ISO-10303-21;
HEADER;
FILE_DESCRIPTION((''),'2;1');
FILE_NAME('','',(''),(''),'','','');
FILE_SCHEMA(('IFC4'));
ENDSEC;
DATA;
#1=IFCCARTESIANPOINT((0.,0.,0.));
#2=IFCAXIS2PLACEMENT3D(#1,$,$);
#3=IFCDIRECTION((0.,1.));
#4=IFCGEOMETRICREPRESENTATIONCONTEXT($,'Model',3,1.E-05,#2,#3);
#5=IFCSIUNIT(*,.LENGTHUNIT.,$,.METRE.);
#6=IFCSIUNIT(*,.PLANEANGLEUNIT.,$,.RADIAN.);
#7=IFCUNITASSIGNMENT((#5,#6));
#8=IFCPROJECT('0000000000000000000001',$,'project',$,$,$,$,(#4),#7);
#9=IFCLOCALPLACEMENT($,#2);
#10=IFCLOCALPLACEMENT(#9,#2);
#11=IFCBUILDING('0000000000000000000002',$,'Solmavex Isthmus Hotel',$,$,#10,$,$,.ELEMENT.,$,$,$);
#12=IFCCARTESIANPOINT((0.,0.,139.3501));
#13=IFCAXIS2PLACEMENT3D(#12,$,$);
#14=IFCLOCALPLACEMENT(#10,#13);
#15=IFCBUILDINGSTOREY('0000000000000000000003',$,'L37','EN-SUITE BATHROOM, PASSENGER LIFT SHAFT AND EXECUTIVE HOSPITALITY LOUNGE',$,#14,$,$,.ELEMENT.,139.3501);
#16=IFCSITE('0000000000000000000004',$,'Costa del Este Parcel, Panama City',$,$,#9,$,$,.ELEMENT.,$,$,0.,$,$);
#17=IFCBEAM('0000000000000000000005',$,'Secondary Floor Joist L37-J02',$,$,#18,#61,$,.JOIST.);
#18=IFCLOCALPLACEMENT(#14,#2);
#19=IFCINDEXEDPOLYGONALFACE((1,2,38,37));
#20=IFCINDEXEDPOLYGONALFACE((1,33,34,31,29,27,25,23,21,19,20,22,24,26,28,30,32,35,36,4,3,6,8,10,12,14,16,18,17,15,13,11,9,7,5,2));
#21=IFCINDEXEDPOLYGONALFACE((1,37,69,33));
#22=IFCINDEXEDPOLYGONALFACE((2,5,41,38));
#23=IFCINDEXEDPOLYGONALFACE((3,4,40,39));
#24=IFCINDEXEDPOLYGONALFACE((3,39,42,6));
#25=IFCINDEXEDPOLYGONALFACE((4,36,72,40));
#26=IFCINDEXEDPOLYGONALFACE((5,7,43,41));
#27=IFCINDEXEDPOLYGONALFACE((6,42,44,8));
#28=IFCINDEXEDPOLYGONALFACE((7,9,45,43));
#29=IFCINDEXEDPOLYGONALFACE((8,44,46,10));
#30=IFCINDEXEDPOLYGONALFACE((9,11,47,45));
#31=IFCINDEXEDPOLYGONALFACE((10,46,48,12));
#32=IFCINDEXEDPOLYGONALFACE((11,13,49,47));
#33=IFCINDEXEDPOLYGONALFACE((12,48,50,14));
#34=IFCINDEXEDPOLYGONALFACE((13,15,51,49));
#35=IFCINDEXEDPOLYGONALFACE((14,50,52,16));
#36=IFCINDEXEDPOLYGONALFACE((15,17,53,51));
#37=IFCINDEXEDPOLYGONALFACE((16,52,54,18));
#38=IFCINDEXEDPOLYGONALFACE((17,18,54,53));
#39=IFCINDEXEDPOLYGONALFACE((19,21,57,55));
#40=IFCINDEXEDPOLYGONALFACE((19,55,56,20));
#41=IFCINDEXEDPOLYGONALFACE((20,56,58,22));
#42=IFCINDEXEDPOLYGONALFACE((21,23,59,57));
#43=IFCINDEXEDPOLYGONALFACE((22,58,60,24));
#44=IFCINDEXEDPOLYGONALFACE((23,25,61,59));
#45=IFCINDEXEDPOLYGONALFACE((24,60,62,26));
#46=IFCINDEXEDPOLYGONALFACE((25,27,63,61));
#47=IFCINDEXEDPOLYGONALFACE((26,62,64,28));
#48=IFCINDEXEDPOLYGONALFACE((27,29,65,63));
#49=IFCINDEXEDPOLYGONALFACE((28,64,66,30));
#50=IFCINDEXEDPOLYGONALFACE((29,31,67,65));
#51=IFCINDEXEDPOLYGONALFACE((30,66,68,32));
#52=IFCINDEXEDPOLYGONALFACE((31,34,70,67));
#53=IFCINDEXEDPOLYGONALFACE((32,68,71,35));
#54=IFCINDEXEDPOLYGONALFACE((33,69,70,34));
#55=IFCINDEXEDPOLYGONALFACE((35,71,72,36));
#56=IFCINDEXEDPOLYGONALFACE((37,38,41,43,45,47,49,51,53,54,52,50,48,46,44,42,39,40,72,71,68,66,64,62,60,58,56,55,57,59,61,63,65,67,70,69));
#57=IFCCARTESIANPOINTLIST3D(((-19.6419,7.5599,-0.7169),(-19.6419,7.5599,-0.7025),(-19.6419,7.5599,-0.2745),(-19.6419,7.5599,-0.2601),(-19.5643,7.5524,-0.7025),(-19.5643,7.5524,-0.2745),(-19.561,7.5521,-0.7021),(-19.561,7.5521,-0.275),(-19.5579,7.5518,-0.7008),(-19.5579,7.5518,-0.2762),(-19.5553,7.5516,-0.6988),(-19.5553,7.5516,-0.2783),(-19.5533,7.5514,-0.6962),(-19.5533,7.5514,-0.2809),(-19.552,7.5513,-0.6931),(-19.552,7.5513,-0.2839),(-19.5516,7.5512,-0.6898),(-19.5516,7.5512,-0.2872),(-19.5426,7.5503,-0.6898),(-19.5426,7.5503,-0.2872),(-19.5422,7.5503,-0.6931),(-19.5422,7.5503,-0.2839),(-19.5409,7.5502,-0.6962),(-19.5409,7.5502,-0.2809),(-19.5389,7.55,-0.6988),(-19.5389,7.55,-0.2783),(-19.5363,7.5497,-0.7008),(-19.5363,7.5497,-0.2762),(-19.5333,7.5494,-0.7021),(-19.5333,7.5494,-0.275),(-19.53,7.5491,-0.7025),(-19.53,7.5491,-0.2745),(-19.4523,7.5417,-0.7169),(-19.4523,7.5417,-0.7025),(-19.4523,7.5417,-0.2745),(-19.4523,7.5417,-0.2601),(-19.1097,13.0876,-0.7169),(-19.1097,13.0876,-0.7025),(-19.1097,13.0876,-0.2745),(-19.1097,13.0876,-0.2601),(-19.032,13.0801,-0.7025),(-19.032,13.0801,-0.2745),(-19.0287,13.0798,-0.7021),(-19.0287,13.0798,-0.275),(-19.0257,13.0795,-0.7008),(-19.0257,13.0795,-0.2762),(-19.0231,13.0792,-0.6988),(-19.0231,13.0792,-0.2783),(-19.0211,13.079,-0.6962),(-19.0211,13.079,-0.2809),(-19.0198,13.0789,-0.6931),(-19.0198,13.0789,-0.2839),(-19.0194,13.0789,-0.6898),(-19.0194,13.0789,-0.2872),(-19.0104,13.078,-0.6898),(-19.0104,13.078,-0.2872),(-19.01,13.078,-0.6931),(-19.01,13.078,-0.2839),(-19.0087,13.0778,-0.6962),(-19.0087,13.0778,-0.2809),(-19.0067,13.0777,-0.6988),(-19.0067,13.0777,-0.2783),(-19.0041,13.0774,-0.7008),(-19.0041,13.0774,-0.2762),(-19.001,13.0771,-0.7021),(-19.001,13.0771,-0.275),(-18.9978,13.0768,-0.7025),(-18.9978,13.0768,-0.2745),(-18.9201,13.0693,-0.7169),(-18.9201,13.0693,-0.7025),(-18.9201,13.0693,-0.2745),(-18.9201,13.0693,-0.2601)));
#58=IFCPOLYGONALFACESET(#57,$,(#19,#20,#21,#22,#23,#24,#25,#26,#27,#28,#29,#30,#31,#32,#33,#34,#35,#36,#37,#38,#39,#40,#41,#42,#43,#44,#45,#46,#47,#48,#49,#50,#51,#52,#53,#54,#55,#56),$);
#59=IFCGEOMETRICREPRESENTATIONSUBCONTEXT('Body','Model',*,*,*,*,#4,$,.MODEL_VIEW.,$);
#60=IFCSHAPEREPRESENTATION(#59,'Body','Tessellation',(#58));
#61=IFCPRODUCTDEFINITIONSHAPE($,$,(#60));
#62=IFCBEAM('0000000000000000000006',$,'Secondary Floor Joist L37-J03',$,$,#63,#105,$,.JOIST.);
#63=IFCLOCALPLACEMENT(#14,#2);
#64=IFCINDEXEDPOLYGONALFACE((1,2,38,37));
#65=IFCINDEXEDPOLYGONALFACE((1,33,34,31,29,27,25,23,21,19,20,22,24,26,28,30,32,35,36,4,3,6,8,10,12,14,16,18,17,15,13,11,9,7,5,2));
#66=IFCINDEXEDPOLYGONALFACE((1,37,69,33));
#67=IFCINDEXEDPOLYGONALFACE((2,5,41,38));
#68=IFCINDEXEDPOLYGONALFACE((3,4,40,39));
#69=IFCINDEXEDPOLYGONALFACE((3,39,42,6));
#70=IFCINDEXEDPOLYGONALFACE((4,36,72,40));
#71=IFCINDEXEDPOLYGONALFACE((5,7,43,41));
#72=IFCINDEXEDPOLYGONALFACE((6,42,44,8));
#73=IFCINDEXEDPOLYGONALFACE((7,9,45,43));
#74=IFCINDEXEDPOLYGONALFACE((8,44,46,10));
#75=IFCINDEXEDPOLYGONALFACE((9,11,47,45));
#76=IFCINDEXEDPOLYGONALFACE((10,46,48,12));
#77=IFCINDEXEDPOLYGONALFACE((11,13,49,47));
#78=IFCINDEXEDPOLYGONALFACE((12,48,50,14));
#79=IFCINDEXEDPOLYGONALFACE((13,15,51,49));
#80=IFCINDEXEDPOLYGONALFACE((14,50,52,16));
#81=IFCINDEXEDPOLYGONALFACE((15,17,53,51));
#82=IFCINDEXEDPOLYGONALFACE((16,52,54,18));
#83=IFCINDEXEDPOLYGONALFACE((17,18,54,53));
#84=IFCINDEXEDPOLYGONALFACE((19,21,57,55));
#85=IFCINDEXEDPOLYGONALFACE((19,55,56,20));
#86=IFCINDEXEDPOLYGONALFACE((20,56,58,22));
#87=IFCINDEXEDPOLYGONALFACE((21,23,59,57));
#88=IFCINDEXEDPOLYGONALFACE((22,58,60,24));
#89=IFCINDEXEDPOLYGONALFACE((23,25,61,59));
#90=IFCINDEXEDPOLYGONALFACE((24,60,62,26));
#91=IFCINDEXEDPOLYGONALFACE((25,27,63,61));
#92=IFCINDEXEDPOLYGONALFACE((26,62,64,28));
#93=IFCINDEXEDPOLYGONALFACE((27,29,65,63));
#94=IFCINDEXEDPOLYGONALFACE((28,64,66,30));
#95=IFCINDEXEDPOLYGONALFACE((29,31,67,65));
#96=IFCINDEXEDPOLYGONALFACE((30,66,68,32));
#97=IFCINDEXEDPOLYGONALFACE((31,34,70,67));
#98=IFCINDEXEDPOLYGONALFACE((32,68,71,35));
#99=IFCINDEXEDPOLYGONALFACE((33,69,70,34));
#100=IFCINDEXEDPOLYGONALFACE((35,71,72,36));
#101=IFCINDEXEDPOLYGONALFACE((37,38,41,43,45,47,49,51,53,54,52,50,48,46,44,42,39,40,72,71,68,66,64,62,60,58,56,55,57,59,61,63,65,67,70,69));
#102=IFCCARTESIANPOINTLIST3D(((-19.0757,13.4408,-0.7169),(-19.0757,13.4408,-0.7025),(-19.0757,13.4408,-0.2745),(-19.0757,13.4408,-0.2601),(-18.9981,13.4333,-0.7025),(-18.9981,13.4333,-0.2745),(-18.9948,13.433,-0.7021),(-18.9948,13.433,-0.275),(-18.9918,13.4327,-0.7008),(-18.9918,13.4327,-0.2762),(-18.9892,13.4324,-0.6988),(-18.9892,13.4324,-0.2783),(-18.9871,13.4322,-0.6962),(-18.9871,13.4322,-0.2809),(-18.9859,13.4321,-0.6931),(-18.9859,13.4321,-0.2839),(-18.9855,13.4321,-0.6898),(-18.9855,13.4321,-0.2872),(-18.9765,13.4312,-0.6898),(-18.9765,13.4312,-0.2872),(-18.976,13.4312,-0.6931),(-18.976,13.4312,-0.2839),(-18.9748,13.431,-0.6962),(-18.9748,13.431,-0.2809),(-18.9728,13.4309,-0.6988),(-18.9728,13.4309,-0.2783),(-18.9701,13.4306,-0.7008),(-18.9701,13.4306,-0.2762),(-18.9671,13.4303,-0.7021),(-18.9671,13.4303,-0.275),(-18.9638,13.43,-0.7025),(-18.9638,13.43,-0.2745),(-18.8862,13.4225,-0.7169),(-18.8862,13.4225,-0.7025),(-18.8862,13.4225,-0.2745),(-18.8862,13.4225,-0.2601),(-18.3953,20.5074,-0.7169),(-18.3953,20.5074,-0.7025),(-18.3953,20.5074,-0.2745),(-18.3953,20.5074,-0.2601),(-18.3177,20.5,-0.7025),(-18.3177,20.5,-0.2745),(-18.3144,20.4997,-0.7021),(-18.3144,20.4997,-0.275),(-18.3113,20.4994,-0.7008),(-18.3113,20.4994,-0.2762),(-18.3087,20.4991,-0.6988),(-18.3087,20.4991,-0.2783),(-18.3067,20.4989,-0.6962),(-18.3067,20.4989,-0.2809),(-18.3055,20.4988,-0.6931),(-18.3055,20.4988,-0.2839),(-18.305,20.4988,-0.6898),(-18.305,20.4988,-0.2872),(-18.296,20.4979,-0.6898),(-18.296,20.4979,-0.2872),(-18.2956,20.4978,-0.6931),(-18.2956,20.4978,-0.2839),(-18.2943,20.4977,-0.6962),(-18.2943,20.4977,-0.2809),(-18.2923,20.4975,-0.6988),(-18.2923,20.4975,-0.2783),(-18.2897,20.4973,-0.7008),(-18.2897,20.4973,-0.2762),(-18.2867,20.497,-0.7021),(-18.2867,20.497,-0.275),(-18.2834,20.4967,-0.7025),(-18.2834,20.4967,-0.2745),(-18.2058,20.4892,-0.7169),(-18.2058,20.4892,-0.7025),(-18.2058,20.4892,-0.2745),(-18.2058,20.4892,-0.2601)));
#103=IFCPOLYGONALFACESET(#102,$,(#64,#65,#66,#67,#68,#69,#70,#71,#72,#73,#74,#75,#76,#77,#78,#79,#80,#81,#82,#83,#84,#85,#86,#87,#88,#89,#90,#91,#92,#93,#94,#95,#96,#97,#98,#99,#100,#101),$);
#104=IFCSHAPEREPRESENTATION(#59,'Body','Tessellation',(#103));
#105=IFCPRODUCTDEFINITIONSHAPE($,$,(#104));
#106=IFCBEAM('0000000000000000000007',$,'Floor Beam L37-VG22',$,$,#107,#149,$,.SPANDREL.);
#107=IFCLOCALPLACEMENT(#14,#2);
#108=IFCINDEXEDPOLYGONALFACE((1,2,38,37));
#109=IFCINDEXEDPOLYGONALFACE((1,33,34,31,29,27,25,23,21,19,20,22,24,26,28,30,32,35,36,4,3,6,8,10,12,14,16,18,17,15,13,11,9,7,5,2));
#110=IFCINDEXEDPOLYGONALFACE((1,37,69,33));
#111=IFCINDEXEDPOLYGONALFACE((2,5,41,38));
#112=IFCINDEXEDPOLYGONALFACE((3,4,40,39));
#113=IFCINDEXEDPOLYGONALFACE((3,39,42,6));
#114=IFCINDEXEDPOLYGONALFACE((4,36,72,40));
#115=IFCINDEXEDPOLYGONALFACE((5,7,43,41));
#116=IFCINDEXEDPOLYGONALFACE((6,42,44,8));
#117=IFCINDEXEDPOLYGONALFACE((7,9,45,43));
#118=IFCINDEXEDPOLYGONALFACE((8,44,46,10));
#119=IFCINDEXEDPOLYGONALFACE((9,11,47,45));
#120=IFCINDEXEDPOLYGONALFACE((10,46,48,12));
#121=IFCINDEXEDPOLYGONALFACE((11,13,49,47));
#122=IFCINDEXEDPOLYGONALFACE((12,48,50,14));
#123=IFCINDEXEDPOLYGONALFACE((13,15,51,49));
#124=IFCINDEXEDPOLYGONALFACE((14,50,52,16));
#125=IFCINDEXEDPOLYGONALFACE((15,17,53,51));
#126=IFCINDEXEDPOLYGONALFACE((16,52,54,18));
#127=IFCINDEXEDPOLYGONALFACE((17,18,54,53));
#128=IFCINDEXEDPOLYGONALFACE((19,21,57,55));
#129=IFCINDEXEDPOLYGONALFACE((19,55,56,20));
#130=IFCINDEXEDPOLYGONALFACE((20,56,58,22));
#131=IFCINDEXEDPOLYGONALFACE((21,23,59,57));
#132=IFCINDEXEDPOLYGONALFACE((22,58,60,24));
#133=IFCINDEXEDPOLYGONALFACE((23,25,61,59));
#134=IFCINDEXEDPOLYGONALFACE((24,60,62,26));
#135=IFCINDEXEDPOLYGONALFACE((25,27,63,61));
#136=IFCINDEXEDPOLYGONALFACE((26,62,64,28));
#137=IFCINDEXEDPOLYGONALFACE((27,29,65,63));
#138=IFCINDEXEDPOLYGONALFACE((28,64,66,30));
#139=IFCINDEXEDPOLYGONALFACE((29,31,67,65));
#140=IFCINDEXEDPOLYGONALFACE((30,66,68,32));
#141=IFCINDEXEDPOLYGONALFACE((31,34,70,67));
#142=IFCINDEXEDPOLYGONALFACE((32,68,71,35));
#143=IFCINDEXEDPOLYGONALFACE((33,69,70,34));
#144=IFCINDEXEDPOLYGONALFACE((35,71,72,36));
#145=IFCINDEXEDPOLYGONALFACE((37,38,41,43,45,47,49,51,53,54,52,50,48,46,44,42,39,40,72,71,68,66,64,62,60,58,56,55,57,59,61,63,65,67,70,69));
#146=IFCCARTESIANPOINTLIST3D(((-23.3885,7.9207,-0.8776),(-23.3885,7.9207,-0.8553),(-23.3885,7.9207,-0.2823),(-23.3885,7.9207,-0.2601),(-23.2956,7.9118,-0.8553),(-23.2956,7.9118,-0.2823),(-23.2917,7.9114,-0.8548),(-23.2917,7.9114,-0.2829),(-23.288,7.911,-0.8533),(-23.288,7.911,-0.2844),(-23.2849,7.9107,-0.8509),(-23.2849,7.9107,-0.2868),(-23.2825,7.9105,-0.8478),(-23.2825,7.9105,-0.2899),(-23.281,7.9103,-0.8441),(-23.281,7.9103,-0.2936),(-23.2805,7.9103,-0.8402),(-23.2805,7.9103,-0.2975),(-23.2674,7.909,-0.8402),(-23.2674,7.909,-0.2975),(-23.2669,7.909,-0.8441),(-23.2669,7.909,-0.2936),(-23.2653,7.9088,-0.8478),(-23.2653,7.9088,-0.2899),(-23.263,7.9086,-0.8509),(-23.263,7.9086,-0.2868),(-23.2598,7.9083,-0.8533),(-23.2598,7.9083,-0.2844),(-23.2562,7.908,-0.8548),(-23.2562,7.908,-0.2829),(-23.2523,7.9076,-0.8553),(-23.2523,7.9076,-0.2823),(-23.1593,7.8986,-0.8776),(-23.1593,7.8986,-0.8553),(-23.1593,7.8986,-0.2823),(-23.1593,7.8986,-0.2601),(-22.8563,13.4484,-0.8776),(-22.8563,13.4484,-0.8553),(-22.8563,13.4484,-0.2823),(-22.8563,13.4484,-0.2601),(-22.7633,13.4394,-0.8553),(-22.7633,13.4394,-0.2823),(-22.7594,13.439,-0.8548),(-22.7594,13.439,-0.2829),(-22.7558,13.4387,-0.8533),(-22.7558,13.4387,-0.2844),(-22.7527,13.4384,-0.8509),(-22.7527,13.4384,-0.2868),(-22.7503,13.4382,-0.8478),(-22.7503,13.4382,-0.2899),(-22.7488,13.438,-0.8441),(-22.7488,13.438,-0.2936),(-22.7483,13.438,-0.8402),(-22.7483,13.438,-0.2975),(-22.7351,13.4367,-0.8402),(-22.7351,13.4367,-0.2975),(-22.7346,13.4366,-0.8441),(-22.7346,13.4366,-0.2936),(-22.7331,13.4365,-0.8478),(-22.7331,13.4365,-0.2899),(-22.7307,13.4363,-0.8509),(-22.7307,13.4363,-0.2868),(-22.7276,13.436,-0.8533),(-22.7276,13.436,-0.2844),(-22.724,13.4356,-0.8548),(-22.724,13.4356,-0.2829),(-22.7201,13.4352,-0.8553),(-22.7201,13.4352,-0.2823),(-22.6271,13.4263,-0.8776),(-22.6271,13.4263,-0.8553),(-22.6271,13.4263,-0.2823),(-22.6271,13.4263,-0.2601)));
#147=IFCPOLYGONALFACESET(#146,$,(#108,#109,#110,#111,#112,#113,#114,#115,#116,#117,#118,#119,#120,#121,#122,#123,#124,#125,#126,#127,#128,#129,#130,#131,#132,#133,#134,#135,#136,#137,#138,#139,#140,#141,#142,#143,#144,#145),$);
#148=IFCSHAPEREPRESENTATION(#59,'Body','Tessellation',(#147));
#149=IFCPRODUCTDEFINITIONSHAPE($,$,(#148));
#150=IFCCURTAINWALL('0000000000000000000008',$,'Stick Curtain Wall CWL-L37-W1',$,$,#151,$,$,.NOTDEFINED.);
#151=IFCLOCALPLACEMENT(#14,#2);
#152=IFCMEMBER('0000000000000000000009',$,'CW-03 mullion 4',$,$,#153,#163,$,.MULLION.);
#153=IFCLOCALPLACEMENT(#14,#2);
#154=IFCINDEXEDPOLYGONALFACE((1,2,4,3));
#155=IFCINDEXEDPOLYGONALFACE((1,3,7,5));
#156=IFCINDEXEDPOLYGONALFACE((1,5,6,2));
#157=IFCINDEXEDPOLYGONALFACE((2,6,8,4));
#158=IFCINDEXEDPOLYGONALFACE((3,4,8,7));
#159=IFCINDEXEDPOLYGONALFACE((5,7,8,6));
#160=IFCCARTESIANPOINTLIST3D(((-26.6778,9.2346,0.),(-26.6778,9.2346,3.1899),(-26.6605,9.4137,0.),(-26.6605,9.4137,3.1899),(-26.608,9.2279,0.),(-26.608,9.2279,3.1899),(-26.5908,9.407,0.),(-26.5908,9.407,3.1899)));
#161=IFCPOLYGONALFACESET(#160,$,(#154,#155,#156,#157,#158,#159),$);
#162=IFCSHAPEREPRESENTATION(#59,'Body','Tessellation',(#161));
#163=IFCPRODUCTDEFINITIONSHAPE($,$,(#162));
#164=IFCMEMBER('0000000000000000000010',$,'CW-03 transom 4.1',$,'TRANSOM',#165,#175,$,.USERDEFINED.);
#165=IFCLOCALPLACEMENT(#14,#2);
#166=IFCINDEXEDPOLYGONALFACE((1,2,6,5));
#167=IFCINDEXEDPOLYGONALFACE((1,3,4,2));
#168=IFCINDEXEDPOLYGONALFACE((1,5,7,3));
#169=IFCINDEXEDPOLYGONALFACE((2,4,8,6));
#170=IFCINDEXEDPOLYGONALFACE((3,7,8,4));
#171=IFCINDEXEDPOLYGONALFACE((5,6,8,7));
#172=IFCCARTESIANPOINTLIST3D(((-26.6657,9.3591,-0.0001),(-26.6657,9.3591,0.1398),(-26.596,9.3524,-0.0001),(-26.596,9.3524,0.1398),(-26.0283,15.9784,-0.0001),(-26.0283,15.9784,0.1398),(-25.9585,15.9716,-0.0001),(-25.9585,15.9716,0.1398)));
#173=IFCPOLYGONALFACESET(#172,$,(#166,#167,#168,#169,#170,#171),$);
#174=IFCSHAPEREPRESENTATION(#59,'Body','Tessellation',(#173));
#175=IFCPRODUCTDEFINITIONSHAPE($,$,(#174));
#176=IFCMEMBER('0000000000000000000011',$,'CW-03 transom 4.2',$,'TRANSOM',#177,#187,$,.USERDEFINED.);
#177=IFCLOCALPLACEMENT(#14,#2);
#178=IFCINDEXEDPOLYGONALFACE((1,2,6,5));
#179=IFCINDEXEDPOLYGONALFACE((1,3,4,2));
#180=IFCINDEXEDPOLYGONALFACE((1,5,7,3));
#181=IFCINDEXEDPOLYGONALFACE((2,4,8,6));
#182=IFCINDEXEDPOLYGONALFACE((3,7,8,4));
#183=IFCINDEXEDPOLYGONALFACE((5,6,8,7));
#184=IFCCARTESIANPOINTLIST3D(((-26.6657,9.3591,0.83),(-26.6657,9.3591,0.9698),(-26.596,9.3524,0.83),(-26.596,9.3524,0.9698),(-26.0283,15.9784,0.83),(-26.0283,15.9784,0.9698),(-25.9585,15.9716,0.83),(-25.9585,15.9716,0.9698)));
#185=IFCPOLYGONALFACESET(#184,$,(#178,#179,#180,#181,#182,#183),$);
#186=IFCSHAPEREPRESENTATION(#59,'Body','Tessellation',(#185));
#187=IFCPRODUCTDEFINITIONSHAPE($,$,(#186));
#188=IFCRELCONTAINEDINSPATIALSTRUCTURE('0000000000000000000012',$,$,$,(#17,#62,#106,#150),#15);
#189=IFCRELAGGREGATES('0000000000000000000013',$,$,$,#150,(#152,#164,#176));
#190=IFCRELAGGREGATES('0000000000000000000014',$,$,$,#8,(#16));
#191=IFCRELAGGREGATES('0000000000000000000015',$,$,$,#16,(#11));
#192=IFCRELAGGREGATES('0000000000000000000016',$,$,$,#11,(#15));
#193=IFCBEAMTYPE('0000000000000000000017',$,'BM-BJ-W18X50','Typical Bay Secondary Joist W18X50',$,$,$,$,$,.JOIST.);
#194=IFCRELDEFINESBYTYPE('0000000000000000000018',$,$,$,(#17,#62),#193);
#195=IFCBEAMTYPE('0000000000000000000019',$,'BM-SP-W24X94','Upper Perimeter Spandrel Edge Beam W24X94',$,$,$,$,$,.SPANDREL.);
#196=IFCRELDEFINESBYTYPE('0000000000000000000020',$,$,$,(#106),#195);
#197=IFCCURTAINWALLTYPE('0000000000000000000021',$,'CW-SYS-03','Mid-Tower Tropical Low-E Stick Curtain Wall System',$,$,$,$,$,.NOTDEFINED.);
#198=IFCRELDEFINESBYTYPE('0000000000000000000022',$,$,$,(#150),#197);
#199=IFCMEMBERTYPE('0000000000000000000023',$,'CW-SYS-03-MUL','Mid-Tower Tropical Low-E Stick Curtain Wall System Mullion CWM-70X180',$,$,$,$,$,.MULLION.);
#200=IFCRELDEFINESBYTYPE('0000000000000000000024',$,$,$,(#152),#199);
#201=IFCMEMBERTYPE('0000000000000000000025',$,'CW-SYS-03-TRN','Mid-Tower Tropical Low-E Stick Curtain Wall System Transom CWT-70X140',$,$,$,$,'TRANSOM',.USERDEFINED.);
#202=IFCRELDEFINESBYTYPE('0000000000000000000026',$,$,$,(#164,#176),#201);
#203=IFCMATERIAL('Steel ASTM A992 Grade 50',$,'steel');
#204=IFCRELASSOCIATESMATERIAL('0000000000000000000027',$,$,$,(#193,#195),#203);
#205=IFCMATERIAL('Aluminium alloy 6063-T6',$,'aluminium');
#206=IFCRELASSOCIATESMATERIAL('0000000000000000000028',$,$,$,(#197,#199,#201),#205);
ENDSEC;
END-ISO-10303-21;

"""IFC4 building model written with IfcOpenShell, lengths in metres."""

from ifc_helpers import new_model, si_unit, direction, frame, origin, origin_2d, place, context, subcontext, project, spatial, rectangle, i_section, extrude, material, material_profile, profile_set, type_object, element, aggregate, save


model = new_model("IFC4")

# Units and contexts
model_context = context("Model", 3, precision=1e-05, world=origin(), true_north=direction((0.0, 1.0)))
body_context = subcontext(model_context, "Body", "Model", "MODEL_VIEW")
ifc_project = project(units=[si_unit("LENGTHUNIT", "METRE"), si_unit("PLANEANGLEUNIT", "RADIAN")], contexts=[model_context])

# Site, building, storey
site_placement = place(None, origin())
site = spatial("IfcSite", under=ifc_project, at=site_placement, Name="Costa del Este Parcel, Panama City", CompositionType="ELEMENT", RefElevation=0.0)
building_placement = place(site_placement, origin())
building = spatial("IfcBuilding", under=site, at=building_placement, Name="Solmavex Isthmus Hotel", CompositionType="ELEMENT")
storey_placement = place(building_placement, frame((0.0, 0.0, 139.3501)))
storey = spatial("IfcBuildingStorey", under=building, at=storey_placement, Name="L37", Description="EN-SUITE BATHROOM, PASSENGER LIFT SHAFT AND EXECUTIVE HOSPITALITY LOUNGE", CompositionType="ELEMENT", Elevation=139.3501)

# Beams
ifc_material_1 = material(Name="Steel ASTM A992 Grade 50", Category="steel")
ifc_material_profile_1 = material_profile(ifc_material_1, i_section(OverallWidth=0.1904, OverallDepth=0.4568, WebThickness=0.009, FlangeThickness=0.0144, FilletRadius=0.0127, at=origin_2d()), Name="W18X50")
ifc_profile_set_1 = profile_set([ifc_material_profile_1], Name="Steel ASTM A992 Grade 50")
beam_type_1 = type_object("IfcBeamType", Name="BM-BJ-W18X50", Description="Typical Bay Secondary Joist W18X50", PredefinedType="JOIST", material=ifc_profile_set_1)
beam_1_placement = place(storey_placement, frame((-19.5471, 7.5508, -0.4885), z_axis=(0.095842, 0.995397, 0.0), x_axis=(-0.995397, 0.095842, 0.0)))
element("IfcBeam", 1, at=beam_1_placement, inside=storey, type_object=beam_type_1, Name="Secondary Floor Joist L37-J02", PredefinedType="JOIST", context=body_context, shape_type="SweptSolid", body=[
    extrude(i_section(OverallWidth=0.1904, OverallDepth=0.4568, WebThickness=0.009, FlangeThickness=0.0144, FilletRadius=0.0127, at=origin_2d()), origin(), (0.0, 0.0, 1.0), 5.5532),
])
beam_2_placement = place(storey_placement, frame((-18.981, 13.4316, -0.4885), z_axis=(0.095843, 0.995396, 0.0), x_axis=(-0.995396, 0.095843, 0.0)))
element("IfcBeam", 2, at=beam_2_placement, inside=storey, type_object=beam_type_1, Name="Secondary Floor Joist L37-J03", PredefinedType="JOIST", context=body_context, shape_type="SweptSolid", body=[
    extrude(i_section(OverallWidth=0.1904, OverallDepth=0.4568, WebThickness=0.009, FlangeThickness=0.0144, FilletRadius=0.0127, at=origin_2d()), origin(), (0.0, 0.0, 1.0), 7.0994),
])
ifc_material_profile_2 = material_profile(ifc_material_1, i_section(OverallWidth=0.2302, OverallDepth=0.6174, WebThickness=0.0132, FlangeThickness=0.0222, FilletRadius=0.0151, at=origin_2d()), Name="W24X94")
ifc_profile_set_2 = profile_set([ifc_material_profile_2], Name="Steel ASTM A992 Grade 50")
beam_type_2 = type_object("IfcBeamType", Name="BM-SP-W24X94", Description="Upper Perimeter Spandrel Edge Beam W24X94", PredefinedType="SPANDREL", material=ifc_profile_set_2)
beam_3_placement = place(storey_placement, frame((-23.2739, 7.9097, -0.5688), z_axis=(0.095842, 0.995397, 0.0), x_axis=(-0.995397, 0.095842, 0.0)))
element("IfcBeam", 3, at=beam_3_placement, inside=storey, type_object=beam_type_2, Name="Floor Beam L37-VG22", PredefinedType="SPANDREL", context=body_context, shape_type="SweptSolid", body=[
    extrude(i_section(OverallWidth=0.2302, OverallDepth=0.6174, WebThickness=0.0132, FlangeThickness=0.0222, FilletRadius=0.0151, at=origin_2d()), origin(), (0.0, 0.0, 1.0), 5.5532),
])

# Curtain wall, members
ifc_material_2 = material(Name="Aluminium alloy 6063-T6", Category="aluminium")
curtain_wall_type = type_object("IfcCurtainWallType", Name="CW-SYS-03", Description="Mid-Tower Tropical Low-E Stick Curtain Wall System", PredefinedType="NOTDEFINED", material=ifc_material_2)
curtain_wall_placement = place(storey_placement, origin())
curtain_wall = element("IfcCurtainWall", 4, at=curtain_wall_placement, inside=storey, type_object=curtain_wall_type, Name="Stick Curtain Wall CWL-L37-W1", PredefinedType="NOTDEFINED")
ifc_material_profile_3 = material_profile(ifc_material_2, rectangle(XDim=0.0701, YDim=0.1799, at=origin_2d()), Name="CWM-70X180")
ifc_profile_set_3 = profile_set([ifc_material_profile_3], Name="Aluminium alloy 6063-T6")
member_type_1 = type_object("IfcMemberType", Name="CW-SYS-03-MUL", Description="Mid-Tower Tropical Low-E Stick Curtain Wall System Mullion CWM-70X180", PredefinedType="MULLION", material=ifc_profile_set_3)
member_1_placement = place(storey_placement, frame((-26.6343, 9.3208, 0.0), z_axis=(0.0, 0.0, 1.0), x_axis=(-0.995396, 0.095846, 0.0)))
member_1 = element("IfcMember", 5, at=member_1_placement, type_object=member_type_1, Name="CW-03 mullion 4", PredefinedType="MULLION", context=body_context, shape_type="SweptSolid", body=[
    extrude(rectangle(XDim=0.0701, YDim=0.1799, at=origin_2d()), origin(), (0.0, 0.0, 1.0), 3.1899),
])
ifc_material_profile_4 = material_profile(ifc_material_2, rectangle(XDim=0.0701, YDim=0.1399, at=origin_2d()), Name="CWT-70X140")
ifc_profile_set_4 = profile_set([ifc_material_profile_4], Name="Aluminium alloy 6063-T6")
member_type_2 = type_object("IfcMemberType", Name="CW-SYS-03-TRN", Description="Mid-Tower Tropical Low-E Stick Curtain Wall System Transom CWT-70X140", ElementType="TRANSOM", PredefinedType="USERDEFINED", material=ifc_profile_set_4)
member_2_placement = place(storey_placement, frame((-26.6309, 9.3557, 0.0698), z_axis=(0.095857, 0.995395, 0.0), x_axis=(-0.995395, 0.095857, 0.0)))
member_2 = element("IfcMember", 6, at=member_2_placement, type_object=member_type_2, Name="CW-03 transom 4.1", ObjectType="TRANSOM", PredefinedType="USERDEFINED", context=body_context, shape_type="SweptSolid", body=[
    extrude(rectangle(XDim=0.0701, YDim=0.1399, at=origin_2d()), origin(), (0.0, 0.0, 1.0), 6.6499),
])
member_3_placement = place(storey_placement, frame((-26.6309, 9.3557, 0.8999), z_axis=(0.095857, 0.995395, 0.0), x_axis=(-0.995395, 0.095857, 0.0)))
member_3 = element("IfcMember", 7, at=member_3_placement, type_object=member_type_2, Name="CW-03 transom 4.2", ObjectType="TRANSOM", PredefinedType="USERDEFINED", context=body_context, shape_type="SweptSolid", body=[
    extrude(rectangle(XDim=0.0701, YDim=0.1399, at=origin_2d()), origin(), (0.0, 0.0, 1.0), 6.6499),
])
aggregate(curtain_wall, [member_1, member_2, member_3])

save(model, "model.ifc")
